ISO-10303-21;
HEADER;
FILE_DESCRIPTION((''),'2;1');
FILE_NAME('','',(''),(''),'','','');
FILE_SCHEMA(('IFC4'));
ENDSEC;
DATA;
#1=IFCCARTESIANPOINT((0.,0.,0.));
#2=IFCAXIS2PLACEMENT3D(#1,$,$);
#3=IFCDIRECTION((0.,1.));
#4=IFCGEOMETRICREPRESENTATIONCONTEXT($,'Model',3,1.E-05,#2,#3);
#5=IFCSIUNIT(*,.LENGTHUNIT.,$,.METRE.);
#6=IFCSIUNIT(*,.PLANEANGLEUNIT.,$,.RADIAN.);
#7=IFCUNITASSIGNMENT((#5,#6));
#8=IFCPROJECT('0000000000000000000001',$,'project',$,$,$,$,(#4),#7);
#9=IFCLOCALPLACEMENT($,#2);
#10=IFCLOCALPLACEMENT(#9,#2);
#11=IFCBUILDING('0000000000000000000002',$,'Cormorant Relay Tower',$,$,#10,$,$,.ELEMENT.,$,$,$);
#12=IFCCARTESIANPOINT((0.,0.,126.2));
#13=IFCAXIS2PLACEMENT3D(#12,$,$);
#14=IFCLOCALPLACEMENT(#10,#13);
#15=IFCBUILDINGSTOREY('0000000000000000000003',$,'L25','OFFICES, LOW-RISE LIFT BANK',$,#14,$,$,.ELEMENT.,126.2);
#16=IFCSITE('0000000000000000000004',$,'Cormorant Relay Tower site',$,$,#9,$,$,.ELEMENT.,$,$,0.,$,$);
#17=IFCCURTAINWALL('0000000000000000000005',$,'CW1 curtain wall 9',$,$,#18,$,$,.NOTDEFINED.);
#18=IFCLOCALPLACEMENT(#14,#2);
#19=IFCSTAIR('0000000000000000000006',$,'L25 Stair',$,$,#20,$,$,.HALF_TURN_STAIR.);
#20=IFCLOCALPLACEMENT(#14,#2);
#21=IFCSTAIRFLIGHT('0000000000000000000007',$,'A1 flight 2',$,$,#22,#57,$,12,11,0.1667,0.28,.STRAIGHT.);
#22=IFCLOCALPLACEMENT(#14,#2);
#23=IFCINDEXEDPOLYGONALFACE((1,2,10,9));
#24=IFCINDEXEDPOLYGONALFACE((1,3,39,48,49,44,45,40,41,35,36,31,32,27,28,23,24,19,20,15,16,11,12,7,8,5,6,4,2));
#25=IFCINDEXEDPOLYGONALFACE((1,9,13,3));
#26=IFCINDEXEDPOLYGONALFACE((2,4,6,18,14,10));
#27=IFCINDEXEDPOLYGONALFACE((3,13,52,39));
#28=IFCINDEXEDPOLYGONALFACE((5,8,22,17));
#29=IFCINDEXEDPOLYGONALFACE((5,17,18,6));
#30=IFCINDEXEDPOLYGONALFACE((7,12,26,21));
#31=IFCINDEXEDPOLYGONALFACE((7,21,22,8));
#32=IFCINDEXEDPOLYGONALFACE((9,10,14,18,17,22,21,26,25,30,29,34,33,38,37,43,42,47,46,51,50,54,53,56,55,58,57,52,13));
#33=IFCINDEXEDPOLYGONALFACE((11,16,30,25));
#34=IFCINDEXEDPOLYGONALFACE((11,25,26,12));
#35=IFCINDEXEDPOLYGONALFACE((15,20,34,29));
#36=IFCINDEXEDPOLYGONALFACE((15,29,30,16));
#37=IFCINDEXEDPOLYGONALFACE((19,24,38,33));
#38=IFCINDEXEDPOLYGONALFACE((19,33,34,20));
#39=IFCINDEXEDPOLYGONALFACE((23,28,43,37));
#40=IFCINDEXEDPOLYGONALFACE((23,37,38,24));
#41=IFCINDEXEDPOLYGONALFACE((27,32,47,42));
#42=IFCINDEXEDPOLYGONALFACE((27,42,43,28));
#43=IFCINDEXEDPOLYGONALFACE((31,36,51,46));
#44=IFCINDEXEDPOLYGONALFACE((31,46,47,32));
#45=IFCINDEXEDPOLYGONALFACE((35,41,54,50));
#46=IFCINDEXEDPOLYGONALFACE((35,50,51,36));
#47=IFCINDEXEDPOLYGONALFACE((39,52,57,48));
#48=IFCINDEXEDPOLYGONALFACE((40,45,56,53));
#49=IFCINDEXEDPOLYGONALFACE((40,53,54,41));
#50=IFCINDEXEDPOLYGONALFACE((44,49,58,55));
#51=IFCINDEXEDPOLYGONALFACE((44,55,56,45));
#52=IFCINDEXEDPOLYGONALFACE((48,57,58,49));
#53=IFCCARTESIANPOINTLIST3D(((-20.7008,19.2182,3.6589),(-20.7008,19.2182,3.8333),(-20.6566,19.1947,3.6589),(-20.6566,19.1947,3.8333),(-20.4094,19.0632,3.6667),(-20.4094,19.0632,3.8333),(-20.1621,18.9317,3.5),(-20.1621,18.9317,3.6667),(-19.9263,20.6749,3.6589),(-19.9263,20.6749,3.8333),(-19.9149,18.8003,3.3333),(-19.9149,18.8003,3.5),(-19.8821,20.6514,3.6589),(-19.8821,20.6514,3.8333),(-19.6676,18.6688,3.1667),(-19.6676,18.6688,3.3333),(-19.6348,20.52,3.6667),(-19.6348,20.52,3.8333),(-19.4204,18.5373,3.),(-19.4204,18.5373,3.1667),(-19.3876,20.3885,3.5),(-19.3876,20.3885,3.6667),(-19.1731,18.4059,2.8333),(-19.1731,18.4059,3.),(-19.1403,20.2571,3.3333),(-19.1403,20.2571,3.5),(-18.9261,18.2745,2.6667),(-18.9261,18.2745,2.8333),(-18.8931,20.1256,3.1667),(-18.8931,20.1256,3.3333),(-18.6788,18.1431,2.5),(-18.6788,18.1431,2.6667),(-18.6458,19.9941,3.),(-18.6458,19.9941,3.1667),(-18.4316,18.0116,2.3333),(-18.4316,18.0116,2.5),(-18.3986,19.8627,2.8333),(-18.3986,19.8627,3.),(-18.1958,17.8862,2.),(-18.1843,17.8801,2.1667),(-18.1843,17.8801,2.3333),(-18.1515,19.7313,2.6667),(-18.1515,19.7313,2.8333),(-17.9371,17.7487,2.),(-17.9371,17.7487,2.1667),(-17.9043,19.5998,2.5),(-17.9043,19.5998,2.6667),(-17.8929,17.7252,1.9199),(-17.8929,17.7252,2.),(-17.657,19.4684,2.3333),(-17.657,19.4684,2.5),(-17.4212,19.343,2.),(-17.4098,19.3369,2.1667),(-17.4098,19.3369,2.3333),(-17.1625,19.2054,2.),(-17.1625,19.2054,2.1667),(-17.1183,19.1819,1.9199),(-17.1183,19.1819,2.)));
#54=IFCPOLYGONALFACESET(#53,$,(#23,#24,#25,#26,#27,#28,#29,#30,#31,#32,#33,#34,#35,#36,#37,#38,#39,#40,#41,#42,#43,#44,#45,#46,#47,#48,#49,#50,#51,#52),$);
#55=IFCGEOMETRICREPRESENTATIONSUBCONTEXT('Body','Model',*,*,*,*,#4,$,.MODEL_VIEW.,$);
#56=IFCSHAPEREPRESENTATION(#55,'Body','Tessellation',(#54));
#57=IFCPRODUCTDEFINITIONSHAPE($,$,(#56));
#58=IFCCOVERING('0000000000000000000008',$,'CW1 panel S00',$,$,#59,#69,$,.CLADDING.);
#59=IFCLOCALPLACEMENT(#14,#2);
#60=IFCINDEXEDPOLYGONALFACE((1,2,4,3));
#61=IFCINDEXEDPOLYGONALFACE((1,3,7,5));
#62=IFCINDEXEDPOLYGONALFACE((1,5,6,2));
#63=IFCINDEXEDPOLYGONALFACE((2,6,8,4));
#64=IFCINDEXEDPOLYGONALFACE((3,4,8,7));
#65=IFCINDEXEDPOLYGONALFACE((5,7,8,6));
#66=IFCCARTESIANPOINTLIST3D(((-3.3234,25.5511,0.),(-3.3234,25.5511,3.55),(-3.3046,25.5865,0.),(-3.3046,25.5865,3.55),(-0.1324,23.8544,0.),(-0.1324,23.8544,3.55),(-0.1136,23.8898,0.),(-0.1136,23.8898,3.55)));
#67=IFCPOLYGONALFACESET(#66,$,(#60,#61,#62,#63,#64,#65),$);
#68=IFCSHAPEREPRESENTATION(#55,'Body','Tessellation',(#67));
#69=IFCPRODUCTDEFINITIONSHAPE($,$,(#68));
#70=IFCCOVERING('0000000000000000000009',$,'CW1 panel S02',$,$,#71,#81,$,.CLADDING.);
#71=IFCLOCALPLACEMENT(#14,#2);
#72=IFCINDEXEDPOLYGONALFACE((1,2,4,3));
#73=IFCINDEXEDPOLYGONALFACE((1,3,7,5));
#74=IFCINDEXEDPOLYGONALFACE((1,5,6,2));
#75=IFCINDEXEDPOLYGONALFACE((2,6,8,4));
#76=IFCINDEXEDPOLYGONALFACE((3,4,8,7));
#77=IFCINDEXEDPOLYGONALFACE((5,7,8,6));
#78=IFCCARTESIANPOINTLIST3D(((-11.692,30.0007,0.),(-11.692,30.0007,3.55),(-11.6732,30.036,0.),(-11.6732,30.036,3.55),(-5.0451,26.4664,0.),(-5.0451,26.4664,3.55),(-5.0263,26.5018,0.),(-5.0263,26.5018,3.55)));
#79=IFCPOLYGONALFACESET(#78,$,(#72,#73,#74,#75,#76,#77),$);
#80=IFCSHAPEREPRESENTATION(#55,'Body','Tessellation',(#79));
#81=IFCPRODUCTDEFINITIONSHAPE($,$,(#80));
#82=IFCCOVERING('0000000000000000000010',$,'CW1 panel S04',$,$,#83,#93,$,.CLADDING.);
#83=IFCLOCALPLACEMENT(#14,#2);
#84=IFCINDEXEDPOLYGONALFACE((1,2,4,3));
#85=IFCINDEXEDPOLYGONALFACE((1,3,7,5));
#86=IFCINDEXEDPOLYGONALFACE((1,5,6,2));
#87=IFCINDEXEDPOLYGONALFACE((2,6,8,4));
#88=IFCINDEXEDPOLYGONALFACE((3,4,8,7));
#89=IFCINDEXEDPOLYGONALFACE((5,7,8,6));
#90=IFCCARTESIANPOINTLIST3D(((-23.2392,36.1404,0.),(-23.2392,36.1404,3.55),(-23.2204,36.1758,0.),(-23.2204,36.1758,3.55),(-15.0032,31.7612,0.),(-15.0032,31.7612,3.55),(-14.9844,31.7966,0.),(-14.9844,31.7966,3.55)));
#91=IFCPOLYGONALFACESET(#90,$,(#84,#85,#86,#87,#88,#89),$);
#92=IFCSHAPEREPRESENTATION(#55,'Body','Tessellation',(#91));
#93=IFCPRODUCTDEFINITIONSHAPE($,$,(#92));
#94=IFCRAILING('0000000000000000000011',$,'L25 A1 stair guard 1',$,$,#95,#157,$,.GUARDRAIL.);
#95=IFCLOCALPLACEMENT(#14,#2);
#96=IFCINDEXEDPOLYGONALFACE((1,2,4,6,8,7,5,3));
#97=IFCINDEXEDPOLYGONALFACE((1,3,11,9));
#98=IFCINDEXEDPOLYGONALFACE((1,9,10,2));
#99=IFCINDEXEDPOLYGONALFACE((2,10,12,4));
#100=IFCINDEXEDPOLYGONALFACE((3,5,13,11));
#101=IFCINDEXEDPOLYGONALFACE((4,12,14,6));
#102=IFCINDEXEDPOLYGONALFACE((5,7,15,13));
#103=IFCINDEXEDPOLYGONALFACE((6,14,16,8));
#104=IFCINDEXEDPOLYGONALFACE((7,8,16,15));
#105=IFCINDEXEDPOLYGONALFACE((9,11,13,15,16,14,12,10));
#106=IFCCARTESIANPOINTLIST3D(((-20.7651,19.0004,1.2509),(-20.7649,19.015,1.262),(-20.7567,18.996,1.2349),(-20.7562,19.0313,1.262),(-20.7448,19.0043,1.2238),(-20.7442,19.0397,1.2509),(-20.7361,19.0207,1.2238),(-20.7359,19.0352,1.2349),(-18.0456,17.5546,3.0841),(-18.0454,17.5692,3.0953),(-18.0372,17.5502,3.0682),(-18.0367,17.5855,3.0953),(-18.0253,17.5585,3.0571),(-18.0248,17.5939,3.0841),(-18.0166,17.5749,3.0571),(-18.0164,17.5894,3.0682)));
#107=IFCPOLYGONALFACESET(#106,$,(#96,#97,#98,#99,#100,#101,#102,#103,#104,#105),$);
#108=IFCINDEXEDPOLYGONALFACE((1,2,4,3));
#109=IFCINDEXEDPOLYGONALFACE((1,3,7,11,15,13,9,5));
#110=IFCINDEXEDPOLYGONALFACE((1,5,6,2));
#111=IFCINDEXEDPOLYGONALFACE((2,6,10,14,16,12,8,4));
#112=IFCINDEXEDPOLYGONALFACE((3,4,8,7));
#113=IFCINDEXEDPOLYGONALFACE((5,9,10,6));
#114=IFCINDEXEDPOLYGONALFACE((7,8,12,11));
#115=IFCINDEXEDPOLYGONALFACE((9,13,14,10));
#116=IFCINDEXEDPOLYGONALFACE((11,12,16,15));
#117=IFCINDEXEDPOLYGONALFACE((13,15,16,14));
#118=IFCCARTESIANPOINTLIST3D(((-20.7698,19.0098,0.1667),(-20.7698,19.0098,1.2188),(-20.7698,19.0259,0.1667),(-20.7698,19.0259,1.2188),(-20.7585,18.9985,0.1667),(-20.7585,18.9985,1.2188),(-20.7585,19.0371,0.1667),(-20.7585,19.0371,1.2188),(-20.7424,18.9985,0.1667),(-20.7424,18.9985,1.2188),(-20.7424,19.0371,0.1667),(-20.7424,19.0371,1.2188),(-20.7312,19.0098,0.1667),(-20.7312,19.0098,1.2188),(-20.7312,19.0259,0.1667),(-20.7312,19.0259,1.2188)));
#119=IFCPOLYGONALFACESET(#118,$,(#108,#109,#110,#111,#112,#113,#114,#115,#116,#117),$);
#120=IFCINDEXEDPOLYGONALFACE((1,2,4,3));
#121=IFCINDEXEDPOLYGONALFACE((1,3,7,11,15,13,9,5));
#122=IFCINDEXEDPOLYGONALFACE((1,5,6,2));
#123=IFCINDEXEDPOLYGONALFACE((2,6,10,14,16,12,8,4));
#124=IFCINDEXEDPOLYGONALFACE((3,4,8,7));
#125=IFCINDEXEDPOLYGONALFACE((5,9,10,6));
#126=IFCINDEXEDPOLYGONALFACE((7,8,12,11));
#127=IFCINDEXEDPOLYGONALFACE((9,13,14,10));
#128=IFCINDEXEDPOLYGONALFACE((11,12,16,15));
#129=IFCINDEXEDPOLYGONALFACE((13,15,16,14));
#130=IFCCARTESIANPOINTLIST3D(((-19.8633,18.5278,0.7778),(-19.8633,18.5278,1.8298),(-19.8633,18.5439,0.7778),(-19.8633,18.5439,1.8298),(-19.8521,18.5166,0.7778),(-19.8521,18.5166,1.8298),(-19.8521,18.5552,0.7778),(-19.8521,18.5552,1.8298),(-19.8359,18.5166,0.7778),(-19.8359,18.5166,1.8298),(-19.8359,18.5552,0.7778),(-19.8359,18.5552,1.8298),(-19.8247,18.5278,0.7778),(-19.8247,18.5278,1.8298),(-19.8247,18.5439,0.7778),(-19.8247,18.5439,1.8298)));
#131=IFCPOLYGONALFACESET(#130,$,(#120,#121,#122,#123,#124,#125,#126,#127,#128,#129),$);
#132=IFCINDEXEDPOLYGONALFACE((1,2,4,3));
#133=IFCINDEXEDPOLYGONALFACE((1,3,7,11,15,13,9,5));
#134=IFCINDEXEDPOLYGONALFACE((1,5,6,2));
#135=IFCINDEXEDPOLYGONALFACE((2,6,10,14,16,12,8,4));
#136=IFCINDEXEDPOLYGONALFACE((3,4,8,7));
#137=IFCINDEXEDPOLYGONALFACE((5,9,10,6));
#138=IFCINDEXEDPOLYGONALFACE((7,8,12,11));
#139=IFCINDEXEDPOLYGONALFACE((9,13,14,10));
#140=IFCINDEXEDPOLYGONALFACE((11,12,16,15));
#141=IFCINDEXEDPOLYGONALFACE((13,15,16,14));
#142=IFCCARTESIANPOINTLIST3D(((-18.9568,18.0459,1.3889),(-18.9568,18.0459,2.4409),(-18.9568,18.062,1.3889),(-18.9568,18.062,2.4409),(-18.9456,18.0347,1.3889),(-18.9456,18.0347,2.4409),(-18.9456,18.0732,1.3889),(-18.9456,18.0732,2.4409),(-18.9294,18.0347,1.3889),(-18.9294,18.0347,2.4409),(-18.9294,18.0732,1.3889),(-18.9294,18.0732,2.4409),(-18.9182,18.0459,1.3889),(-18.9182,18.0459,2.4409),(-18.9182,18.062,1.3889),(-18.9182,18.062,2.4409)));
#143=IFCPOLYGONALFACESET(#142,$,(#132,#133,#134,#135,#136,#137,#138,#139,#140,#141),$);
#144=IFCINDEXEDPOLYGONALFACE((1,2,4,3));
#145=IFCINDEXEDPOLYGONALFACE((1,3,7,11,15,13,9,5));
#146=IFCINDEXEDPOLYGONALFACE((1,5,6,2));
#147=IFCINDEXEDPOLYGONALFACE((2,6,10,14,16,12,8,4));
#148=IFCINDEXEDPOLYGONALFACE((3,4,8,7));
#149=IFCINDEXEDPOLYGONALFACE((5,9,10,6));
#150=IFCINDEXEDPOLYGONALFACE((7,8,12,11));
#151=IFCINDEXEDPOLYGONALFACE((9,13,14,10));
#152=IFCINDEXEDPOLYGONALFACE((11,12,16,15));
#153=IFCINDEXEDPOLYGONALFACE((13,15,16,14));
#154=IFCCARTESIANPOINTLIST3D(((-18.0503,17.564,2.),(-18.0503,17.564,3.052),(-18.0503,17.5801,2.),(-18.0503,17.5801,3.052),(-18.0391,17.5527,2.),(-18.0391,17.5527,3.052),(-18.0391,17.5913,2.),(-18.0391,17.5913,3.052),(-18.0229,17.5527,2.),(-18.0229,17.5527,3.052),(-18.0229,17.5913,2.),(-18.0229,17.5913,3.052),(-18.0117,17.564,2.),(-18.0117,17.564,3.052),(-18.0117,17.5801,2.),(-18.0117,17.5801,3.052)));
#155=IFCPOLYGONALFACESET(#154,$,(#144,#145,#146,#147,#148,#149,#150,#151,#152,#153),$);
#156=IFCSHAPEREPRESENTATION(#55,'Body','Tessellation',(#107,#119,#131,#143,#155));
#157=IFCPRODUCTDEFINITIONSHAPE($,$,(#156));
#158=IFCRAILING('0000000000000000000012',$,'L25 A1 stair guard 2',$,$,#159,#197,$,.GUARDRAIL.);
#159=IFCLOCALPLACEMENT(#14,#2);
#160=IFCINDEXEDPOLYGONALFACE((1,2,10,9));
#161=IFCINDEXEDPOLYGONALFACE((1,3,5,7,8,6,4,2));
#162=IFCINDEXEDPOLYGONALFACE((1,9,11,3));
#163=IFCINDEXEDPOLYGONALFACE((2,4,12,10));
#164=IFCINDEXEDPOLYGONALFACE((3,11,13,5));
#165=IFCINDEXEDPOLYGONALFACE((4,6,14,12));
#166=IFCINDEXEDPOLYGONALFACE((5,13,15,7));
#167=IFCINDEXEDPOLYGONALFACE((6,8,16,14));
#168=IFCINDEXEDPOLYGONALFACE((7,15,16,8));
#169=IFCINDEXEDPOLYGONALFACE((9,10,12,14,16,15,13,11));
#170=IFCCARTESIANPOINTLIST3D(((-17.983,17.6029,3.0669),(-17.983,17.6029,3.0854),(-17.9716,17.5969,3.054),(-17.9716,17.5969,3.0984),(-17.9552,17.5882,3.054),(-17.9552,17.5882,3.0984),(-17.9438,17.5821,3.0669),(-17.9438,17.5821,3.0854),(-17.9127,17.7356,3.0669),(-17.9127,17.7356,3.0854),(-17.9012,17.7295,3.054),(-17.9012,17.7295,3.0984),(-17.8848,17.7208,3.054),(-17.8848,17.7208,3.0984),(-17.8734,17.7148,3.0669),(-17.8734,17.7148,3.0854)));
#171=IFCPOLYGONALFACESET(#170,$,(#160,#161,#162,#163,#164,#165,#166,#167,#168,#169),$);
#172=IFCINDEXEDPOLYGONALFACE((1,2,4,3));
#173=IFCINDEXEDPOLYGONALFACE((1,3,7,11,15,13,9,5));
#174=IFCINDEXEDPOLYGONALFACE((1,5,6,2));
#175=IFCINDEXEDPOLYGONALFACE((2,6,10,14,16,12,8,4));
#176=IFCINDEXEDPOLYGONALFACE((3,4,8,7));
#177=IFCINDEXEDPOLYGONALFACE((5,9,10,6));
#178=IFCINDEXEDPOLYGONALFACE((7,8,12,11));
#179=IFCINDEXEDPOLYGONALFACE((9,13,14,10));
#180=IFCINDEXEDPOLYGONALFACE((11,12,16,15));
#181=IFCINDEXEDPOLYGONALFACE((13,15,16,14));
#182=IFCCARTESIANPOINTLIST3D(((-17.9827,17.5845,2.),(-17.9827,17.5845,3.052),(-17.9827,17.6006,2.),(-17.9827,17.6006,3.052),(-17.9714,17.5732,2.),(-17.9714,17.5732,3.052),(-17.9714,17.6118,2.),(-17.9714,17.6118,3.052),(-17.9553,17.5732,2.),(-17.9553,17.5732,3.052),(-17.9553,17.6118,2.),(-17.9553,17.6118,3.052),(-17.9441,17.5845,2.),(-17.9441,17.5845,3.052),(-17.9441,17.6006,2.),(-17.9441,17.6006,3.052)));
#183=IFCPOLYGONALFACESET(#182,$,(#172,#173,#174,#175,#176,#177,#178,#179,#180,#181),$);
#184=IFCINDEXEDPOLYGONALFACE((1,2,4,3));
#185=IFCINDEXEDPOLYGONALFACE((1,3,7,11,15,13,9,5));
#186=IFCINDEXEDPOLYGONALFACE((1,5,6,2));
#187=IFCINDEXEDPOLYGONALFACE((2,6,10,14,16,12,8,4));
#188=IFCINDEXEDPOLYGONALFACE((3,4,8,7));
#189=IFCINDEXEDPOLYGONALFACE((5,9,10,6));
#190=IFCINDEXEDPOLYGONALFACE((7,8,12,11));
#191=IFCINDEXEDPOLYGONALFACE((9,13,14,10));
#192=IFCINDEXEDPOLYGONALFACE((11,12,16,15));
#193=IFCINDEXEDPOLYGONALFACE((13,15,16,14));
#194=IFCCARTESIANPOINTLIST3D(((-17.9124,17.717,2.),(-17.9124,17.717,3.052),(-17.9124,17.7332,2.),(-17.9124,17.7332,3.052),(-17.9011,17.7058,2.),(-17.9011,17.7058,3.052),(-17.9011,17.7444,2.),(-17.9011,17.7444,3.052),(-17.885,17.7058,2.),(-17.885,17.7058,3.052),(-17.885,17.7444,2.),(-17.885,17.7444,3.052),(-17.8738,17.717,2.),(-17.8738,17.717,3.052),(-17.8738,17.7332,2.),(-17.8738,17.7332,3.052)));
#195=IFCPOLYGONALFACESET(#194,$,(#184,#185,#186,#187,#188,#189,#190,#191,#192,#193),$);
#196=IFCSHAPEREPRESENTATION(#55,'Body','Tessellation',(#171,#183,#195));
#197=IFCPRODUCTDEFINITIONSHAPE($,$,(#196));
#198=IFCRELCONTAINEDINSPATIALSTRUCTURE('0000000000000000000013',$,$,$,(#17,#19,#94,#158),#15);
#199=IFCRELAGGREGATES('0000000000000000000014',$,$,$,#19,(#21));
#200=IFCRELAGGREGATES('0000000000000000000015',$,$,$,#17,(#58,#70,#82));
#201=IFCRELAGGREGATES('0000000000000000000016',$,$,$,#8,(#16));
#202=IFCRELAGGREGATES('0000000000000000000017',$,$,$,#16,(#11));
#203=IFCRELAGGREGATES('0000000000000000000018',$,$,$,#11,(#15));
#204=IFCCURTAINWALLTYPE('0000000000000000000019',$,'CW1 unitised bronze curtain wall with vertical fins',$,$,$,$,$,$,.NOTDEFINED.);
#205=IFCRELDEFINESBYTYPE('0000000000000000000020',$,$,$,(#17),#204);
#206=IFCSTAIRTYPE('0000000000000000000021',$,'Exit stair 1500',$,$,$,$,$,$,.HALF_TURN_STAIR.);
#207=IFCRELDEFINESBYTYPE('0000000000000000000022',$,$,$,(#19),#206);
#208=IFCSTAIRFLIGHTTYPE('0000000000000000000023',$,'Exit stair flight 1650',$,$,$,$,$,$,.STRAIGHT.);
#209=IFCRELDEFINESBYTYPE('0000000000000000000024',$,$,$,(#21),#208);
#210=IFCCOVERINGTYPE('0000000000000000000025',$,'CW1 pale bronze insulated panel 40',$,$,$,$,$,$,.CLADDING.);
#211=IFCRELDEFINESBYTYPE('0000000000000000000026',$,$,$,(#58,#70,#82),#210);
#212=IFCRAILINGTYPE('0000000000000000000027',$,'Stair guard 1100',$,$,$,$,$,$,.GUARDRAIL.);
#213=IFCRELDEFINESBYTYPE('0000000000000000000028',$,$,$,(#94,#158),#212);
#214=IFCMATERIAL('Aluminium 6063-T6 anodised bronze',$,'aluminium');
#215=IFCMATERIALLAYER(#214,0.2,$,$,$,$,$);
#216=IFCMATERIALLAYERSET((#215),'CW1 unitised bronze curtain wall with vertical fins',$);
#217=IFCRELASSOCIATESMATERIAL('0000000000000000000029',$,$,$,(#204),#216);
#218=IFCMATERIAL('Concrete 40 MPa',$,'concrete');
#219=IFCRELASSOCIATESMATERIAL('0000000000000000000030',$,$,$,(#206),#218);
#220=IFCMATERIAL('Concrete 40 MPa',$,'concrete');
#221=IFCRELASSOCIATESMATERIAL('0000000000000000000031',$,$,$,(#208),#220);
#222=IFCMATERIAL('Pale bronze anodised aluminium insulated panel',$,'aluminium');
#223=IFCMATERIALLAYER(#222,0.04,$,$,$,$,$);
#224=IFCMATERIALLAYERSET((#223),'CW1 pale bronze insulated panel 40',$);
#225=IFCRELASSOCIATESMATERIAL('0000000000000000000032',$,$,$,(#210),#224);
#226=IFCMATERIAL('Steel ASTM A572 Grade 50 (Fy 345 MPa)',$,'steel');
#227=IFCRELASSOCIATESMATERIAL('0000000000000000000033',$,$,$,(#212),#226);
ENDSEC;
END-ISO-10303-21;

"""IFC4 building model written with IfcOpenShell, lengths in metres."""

from ifc_helpers import new_model, si_unit, direction, frame, origin, origin_2d, place, context, subcontext, project, spatial, polyline, rectangle, outline, extrude, material, layer, layer_set, type_object, element, aggregate, save


model = new_model("IFC4")

# Units and contexts
model_context = context("Model", 3, precision=1e-05, world=origin(), true_north=direction((0.0, 1.0)))
body_context = subcontext(model_context, "Body", "Model", "MODEL_VIEW")
ifc_project = project(units=[si_unit("LENGTHUNIT", "METRE"), si_unit("PLANEANGLEUNIT", "RADIAN")], contexts=[model_context])

# Site, building, storey
site_placement = place(None, origin())
site = spatial("IfcSite", under=ifc_project, at=site_placement, Name="Cormorant Relay Tower site", CompositionType="ELEMENT", RefElevation=0.0)
building_placement = place(site_placement, origin())
building = spatial("IfcBuilding", under=site, at=building_placement, Name="Cormorant Relay Tower", CompositionType="ELEMENT")
storey_placement = place(building_placement, frame((0.0, 0.0, 126.2)))
storey = spatial("IfcBuildingStorey", under=building, at=storey_placement, Name="L25", Description="OFFICES, LOW-RISE LIFT BANK", CompositionType="ELEMENT", Elevation=126.2)

# Curtain wall
ifc_material_1 = material(Name="Aluminium 6063-T6 anodised bronze", Category="aluminium")
ifc_layer_1 = layer(ifc_material_1, 0.2)
ifc_layer_set_1 = layer_set([ifc_layer_1], Name="CW1 unitised bronze curtain wall with vertical fins")
curtain_wall_type = type_object("IfcCurtainWallType", Name="CW1 unitised bronze curtain wall with vertical fins", PredefinedType="NOTDEFINED", material=ifc_layer_set_1)
curtain_wall_placement = place(storey_placement, origin())
curtain_wall = element("IfcCurtainWall", 1, at=curtain_wall_placement, inside=storey, type_object=curtain_wall_type, Name="CW1 curtain wall 9", PredefinedType="NOTDEFINED")

# Stair, stair flight
ifc_material_2 = material(Name="Concrete 40 MPa", Category="concrete")
stair_type = type_object("IfcStairType", Name="Exit stair 1500", PredefinedType="HALF_TURN_STAIR", material=ifc_material_2)
stair_placement = place(storey_placement, origin())
stair = element("IfcStair", 2, at=stair_placement, inside=storey, type_object=stair_type, Name="L25 Stair", PredefinedType="HALF_TURN_STAIR")
ifc_material_3 = material(Name="Concrete 40 MPa", Category="concrete")
stair_flight_type = type_object("IfcStairFlightType", Name="Exit stair flight 1650", PredefinedType="STRAIGHT", material=ifc_material_3)
stair_flight_1_placement = place(storey_placement, frame((-17.5498, 18.4771, 2.0), z_axis=(0.0, 0.0, 1.0), x_axis=(-0.882948, 0.469472, 0.0)))
stair_flight_1 = element("IfcStairFlight", 3, at=stair_flight_1_placement, type_object=stair_flight_type, Name="A1 flight 2", NumberOfRisers=12, NumberOfTreads=11, PredefinedType="STRAIGHT", RiserHeight=0.1667, TreadLength=0.28, context=body_context, shape_type="SweptSolid", body=[
    extrude(outline(polyline([(-0.05, -0.0801), (-0.05, 0.0), (0.0, 0.0), (0.0, 0.1667), (0.28, 0.1667), (0.28, 0.3333), (0.5601, 0.3333), (0.5601, 0.5), (0.8401, 0.5), (0.8401, 0.6667), (1.1201, 0.6667), (1.1201, 0.8333), (1.3999, 0.8333), (1.3999, 1.0), (1.6799, 1.0), (1.6799, 1.1667), (1.96, 1.1667), (1.96, 1.3333), (2.24, 1.3333), (2.24, 1.5), (2.52, 1.5), (2.52, 1.6667), (2.8, 1.6667), (2.8, 1.8333), (3.0801, 1.8333), (3.1301, 1.8333), (3.1301, 1.6589), (3.0801, 1.6589), (0.293, 0.0), (-0.05, -0.0801)])), frame((0.0, 0.825, 0.0), z_axis=(0.0, -1.0, 0.0), x_axis=(1.0, 0.0, 0.0)), (0.0, 0.0, 1.0), 1.6499),
])
aggregate(stair, [stair_flight_1])

# Coverings
ifc_material_4 = material(Name="Pale bronze anodised aluminium insulated panel", Category="aluminium")
ifc_layer_2 = layer(ifc_material_4, 0.04)
ifc_layer_set_2 = layer_set([ifc_layer_2], Name="CW1 pale bronze insulated panel 40")
covering_type = type_object("IfcCoveringType", Name="CW1 pale bronze insulated panel 40", PredefinedType="CLADDING", material=ifc_layer_set_2)
covering_1_placement = place(storey_placement, frame((-1.7185, 24.7205, 0.0), z_axis=(0.0, 0.0, 1.0), x_axis=(-0.882948, 0.469472, 0.0)))
covering_1 = element("IfcCovering", 4, at=covering_1_placement, type_object=covering_type, Name="CW1 panel S00", PredefinedType="CLADDING", context=body_context, shape_type="SweptSolid", body=[
    extrude(rectangle(XDim=3.614, YDim=0.04, at=origin_2d()), origin(), (0.0, 0.0, 1.0), 3.55),
])
covering_2_placement = place(storey_placement, frame((-8.3591, 28.2512, 0.0), z_axis=(0.0, 0.0, 1.0), x_axis=(-0.882948, 0.469472, 0.0)))
covering_2 = element("IfcCovering", 5, at=covering_2_placement, type_object=covering_type, Name="CW1 panel S02", PredefinedType="CLADDING", context=body_context, shape_type="SweptSolid", body=[
    extrude(rectangle(XDim=7.5281, YDim=0.04, at=origin_2d()), origin(), (0.0, 0.0, 1.0), 3.55),
])
covering_3_placement = place(storey_placement, frame((-19.1118, 33.9685, 0.0), z_axis=(0.0, 0.0, 1.0), x_axis=(-0.882948, 0.469472, 0.0)))
covering_3 = element("IfcCovering", 6, at=covering_3_placement, type_object=covering_type, Name="CW1 panel S04", PredefinedType="CLADDING", context=body_context, shape_type="SweptSolid", body=[
    extrude(rectangle(XDim=9.3279, YDim=0.04, at=origin_2d()), origin(), (0.0, 0.0, 1.0), 3.55),
])
aggregate(curtain_wall, [covering_1, covering_2, covering_3])

# Railings
ifc_material_5 = material(Name="Steel ASTM A572 Grade 50 (Fy 345 MPa)", Category="steel")
railing_type_1 = type_object("IfcRailingType", Name="Stair guard 1100", PredefinedType="GUARDRAIL", material=ifc_material_5)
railing_1_placement = place(storey_placement, frame((-20.7505, 19.0178, 0.1667)))
element("IfcRailing", 7, at=railing_1_placement, inside=storey, type_object=railing_type_1, Name="L25 A1 stair guard 1", PredefinedType="GUARDRAIL", context=body_context, shape_type="SweptSolid", body=[
    extrude(outline(polyline([(0.0222, 0.0093), (0.0093, 0.0222), (-0.0093, 0.0222), (-0.0222, 0.0093), (-0.0222, -0.0093), (-0.0093, -0.0222), (0.0093, -0.0222), (0.0222, -0.0093), (0.0222, 0.0093)])), frame((0.0, 0.0, 1.0762), z_axis=(0.758735, -0.403378, 0.511477), x_axis=(0.469428, 0.882971, 0.0)), (0.0, 0.0, 1.0), 3.5842),
    extrude(outline(polyline([(0.0193, 0.0081), (0.0081, 0.0193), (-0.0081, 0.0193), (-0.0193, 0.0081), (-0.0193, -0.0081), (-0.0081, -0.0193), (0.0081, -0.0193), (0.0193, -0.0081), (0.0193, 0.0081)])), origin(), (0.0, 0.0, 1.0), 1.052),
    extrude(outline(polyline([(0.0193, 0.0081), (0.0081, 0.0193), (-0.0081, 0.0193), (-0.0193, 0.0081), (-0.0193, -0.0081), (-0.0081, -0.0193), (0.0081, -0.0193), (0.0193, -0.0081), (0.0193, 0.0081)])), frame((0.9065, -0.4819, 0.6111)), (0.0, 0.0, 1.0), 1.052),
    extrude(outline(polyline([(0.0193, 0.0081), (0.0081, 0.0193), (-0.0081, 0.0193), (-0.0193, 0.0081), (-0.0193, -0.0081), (-0.0081, -0.0193), (0.0081, -0.0193), (0.0193, -0.0081), (0.0193, 0.0081)])), frame((1.813, -0.9639, 1.2222)), (0.0, 0.0, 1.0), 1.052),
    extrude(outline(polyline([(0.0193, 0.0081), (0.0081, 0.0193), (-0.0081, 0.0193), (-0.0193, 0.0081), (-0.0193, -0.0081), (-0.0081, -0.0193), (0.0081, -0.0193), (0.0193, -0.0081), (0.0193, 0.0081)])), frame((2.7195, -1.4458, 1.8333)), (0.0, 0.0, 1.0), 1.052),
])
railing_2_placement = place(storey_placement, frame((-17.9634, 17.5925, 2.0)))
element("IfcRailing", 8, at=railing_2_placement, inside=storey, type_object=railing_type_1, Name="L25 A1 stair guard 2", PredefinedType="GUARDRAIL", context=body_context, shape_type="SweptSolid", body=[
    extrude(outline(polyline([(0.0222, 0.0093), (0.0093, 0.0222), (-0.0093, 0.0222), (-0.0222, 0.0093), (-0.0222, -0.0093), (-0.0093, -0.0222), (0.0093, -0.0222), (0.0222, -0.0093), (0.0222, 0.0093)])), frame((0.0, 0.0, 1.0762), z_axis=(0.46856, 0.883431, 0.0), x_axis=(-0.883431, 0.46856, 0.0)), (0.0, 0.0, 1.0), 0.1501),
    extrude(outline(polyline([(0.0193, 0.0081), (0.0081, 0.0193), (-0.0081, 0.0193), (-0.0193, 0.0081), (-0.0193, -0.0081), (-0.0081, -0.0193), (0.0081, -0.0193), (0.0193, -0.0081), (0.0193, 0.0081)])), origin(), (0.0, 0.0, 1.0), 1.052),
    extrude(outline(polyline([(0.0193, 0.0081), (0.0081, 0.0193), (-0.0081, 0.0193), (-0.0193, 0.0081), (-0.0193, -0.0081), (-0.0081, -0.0193), (0.0081, -0.0193), (0.0193, -0.0081), (0.0193, 0.0081)])), frame((0.0703, 0.1326, 0.0)), (0.0, 0.0, 1.0), 1.052),
])

save(model, "model.ifc")
